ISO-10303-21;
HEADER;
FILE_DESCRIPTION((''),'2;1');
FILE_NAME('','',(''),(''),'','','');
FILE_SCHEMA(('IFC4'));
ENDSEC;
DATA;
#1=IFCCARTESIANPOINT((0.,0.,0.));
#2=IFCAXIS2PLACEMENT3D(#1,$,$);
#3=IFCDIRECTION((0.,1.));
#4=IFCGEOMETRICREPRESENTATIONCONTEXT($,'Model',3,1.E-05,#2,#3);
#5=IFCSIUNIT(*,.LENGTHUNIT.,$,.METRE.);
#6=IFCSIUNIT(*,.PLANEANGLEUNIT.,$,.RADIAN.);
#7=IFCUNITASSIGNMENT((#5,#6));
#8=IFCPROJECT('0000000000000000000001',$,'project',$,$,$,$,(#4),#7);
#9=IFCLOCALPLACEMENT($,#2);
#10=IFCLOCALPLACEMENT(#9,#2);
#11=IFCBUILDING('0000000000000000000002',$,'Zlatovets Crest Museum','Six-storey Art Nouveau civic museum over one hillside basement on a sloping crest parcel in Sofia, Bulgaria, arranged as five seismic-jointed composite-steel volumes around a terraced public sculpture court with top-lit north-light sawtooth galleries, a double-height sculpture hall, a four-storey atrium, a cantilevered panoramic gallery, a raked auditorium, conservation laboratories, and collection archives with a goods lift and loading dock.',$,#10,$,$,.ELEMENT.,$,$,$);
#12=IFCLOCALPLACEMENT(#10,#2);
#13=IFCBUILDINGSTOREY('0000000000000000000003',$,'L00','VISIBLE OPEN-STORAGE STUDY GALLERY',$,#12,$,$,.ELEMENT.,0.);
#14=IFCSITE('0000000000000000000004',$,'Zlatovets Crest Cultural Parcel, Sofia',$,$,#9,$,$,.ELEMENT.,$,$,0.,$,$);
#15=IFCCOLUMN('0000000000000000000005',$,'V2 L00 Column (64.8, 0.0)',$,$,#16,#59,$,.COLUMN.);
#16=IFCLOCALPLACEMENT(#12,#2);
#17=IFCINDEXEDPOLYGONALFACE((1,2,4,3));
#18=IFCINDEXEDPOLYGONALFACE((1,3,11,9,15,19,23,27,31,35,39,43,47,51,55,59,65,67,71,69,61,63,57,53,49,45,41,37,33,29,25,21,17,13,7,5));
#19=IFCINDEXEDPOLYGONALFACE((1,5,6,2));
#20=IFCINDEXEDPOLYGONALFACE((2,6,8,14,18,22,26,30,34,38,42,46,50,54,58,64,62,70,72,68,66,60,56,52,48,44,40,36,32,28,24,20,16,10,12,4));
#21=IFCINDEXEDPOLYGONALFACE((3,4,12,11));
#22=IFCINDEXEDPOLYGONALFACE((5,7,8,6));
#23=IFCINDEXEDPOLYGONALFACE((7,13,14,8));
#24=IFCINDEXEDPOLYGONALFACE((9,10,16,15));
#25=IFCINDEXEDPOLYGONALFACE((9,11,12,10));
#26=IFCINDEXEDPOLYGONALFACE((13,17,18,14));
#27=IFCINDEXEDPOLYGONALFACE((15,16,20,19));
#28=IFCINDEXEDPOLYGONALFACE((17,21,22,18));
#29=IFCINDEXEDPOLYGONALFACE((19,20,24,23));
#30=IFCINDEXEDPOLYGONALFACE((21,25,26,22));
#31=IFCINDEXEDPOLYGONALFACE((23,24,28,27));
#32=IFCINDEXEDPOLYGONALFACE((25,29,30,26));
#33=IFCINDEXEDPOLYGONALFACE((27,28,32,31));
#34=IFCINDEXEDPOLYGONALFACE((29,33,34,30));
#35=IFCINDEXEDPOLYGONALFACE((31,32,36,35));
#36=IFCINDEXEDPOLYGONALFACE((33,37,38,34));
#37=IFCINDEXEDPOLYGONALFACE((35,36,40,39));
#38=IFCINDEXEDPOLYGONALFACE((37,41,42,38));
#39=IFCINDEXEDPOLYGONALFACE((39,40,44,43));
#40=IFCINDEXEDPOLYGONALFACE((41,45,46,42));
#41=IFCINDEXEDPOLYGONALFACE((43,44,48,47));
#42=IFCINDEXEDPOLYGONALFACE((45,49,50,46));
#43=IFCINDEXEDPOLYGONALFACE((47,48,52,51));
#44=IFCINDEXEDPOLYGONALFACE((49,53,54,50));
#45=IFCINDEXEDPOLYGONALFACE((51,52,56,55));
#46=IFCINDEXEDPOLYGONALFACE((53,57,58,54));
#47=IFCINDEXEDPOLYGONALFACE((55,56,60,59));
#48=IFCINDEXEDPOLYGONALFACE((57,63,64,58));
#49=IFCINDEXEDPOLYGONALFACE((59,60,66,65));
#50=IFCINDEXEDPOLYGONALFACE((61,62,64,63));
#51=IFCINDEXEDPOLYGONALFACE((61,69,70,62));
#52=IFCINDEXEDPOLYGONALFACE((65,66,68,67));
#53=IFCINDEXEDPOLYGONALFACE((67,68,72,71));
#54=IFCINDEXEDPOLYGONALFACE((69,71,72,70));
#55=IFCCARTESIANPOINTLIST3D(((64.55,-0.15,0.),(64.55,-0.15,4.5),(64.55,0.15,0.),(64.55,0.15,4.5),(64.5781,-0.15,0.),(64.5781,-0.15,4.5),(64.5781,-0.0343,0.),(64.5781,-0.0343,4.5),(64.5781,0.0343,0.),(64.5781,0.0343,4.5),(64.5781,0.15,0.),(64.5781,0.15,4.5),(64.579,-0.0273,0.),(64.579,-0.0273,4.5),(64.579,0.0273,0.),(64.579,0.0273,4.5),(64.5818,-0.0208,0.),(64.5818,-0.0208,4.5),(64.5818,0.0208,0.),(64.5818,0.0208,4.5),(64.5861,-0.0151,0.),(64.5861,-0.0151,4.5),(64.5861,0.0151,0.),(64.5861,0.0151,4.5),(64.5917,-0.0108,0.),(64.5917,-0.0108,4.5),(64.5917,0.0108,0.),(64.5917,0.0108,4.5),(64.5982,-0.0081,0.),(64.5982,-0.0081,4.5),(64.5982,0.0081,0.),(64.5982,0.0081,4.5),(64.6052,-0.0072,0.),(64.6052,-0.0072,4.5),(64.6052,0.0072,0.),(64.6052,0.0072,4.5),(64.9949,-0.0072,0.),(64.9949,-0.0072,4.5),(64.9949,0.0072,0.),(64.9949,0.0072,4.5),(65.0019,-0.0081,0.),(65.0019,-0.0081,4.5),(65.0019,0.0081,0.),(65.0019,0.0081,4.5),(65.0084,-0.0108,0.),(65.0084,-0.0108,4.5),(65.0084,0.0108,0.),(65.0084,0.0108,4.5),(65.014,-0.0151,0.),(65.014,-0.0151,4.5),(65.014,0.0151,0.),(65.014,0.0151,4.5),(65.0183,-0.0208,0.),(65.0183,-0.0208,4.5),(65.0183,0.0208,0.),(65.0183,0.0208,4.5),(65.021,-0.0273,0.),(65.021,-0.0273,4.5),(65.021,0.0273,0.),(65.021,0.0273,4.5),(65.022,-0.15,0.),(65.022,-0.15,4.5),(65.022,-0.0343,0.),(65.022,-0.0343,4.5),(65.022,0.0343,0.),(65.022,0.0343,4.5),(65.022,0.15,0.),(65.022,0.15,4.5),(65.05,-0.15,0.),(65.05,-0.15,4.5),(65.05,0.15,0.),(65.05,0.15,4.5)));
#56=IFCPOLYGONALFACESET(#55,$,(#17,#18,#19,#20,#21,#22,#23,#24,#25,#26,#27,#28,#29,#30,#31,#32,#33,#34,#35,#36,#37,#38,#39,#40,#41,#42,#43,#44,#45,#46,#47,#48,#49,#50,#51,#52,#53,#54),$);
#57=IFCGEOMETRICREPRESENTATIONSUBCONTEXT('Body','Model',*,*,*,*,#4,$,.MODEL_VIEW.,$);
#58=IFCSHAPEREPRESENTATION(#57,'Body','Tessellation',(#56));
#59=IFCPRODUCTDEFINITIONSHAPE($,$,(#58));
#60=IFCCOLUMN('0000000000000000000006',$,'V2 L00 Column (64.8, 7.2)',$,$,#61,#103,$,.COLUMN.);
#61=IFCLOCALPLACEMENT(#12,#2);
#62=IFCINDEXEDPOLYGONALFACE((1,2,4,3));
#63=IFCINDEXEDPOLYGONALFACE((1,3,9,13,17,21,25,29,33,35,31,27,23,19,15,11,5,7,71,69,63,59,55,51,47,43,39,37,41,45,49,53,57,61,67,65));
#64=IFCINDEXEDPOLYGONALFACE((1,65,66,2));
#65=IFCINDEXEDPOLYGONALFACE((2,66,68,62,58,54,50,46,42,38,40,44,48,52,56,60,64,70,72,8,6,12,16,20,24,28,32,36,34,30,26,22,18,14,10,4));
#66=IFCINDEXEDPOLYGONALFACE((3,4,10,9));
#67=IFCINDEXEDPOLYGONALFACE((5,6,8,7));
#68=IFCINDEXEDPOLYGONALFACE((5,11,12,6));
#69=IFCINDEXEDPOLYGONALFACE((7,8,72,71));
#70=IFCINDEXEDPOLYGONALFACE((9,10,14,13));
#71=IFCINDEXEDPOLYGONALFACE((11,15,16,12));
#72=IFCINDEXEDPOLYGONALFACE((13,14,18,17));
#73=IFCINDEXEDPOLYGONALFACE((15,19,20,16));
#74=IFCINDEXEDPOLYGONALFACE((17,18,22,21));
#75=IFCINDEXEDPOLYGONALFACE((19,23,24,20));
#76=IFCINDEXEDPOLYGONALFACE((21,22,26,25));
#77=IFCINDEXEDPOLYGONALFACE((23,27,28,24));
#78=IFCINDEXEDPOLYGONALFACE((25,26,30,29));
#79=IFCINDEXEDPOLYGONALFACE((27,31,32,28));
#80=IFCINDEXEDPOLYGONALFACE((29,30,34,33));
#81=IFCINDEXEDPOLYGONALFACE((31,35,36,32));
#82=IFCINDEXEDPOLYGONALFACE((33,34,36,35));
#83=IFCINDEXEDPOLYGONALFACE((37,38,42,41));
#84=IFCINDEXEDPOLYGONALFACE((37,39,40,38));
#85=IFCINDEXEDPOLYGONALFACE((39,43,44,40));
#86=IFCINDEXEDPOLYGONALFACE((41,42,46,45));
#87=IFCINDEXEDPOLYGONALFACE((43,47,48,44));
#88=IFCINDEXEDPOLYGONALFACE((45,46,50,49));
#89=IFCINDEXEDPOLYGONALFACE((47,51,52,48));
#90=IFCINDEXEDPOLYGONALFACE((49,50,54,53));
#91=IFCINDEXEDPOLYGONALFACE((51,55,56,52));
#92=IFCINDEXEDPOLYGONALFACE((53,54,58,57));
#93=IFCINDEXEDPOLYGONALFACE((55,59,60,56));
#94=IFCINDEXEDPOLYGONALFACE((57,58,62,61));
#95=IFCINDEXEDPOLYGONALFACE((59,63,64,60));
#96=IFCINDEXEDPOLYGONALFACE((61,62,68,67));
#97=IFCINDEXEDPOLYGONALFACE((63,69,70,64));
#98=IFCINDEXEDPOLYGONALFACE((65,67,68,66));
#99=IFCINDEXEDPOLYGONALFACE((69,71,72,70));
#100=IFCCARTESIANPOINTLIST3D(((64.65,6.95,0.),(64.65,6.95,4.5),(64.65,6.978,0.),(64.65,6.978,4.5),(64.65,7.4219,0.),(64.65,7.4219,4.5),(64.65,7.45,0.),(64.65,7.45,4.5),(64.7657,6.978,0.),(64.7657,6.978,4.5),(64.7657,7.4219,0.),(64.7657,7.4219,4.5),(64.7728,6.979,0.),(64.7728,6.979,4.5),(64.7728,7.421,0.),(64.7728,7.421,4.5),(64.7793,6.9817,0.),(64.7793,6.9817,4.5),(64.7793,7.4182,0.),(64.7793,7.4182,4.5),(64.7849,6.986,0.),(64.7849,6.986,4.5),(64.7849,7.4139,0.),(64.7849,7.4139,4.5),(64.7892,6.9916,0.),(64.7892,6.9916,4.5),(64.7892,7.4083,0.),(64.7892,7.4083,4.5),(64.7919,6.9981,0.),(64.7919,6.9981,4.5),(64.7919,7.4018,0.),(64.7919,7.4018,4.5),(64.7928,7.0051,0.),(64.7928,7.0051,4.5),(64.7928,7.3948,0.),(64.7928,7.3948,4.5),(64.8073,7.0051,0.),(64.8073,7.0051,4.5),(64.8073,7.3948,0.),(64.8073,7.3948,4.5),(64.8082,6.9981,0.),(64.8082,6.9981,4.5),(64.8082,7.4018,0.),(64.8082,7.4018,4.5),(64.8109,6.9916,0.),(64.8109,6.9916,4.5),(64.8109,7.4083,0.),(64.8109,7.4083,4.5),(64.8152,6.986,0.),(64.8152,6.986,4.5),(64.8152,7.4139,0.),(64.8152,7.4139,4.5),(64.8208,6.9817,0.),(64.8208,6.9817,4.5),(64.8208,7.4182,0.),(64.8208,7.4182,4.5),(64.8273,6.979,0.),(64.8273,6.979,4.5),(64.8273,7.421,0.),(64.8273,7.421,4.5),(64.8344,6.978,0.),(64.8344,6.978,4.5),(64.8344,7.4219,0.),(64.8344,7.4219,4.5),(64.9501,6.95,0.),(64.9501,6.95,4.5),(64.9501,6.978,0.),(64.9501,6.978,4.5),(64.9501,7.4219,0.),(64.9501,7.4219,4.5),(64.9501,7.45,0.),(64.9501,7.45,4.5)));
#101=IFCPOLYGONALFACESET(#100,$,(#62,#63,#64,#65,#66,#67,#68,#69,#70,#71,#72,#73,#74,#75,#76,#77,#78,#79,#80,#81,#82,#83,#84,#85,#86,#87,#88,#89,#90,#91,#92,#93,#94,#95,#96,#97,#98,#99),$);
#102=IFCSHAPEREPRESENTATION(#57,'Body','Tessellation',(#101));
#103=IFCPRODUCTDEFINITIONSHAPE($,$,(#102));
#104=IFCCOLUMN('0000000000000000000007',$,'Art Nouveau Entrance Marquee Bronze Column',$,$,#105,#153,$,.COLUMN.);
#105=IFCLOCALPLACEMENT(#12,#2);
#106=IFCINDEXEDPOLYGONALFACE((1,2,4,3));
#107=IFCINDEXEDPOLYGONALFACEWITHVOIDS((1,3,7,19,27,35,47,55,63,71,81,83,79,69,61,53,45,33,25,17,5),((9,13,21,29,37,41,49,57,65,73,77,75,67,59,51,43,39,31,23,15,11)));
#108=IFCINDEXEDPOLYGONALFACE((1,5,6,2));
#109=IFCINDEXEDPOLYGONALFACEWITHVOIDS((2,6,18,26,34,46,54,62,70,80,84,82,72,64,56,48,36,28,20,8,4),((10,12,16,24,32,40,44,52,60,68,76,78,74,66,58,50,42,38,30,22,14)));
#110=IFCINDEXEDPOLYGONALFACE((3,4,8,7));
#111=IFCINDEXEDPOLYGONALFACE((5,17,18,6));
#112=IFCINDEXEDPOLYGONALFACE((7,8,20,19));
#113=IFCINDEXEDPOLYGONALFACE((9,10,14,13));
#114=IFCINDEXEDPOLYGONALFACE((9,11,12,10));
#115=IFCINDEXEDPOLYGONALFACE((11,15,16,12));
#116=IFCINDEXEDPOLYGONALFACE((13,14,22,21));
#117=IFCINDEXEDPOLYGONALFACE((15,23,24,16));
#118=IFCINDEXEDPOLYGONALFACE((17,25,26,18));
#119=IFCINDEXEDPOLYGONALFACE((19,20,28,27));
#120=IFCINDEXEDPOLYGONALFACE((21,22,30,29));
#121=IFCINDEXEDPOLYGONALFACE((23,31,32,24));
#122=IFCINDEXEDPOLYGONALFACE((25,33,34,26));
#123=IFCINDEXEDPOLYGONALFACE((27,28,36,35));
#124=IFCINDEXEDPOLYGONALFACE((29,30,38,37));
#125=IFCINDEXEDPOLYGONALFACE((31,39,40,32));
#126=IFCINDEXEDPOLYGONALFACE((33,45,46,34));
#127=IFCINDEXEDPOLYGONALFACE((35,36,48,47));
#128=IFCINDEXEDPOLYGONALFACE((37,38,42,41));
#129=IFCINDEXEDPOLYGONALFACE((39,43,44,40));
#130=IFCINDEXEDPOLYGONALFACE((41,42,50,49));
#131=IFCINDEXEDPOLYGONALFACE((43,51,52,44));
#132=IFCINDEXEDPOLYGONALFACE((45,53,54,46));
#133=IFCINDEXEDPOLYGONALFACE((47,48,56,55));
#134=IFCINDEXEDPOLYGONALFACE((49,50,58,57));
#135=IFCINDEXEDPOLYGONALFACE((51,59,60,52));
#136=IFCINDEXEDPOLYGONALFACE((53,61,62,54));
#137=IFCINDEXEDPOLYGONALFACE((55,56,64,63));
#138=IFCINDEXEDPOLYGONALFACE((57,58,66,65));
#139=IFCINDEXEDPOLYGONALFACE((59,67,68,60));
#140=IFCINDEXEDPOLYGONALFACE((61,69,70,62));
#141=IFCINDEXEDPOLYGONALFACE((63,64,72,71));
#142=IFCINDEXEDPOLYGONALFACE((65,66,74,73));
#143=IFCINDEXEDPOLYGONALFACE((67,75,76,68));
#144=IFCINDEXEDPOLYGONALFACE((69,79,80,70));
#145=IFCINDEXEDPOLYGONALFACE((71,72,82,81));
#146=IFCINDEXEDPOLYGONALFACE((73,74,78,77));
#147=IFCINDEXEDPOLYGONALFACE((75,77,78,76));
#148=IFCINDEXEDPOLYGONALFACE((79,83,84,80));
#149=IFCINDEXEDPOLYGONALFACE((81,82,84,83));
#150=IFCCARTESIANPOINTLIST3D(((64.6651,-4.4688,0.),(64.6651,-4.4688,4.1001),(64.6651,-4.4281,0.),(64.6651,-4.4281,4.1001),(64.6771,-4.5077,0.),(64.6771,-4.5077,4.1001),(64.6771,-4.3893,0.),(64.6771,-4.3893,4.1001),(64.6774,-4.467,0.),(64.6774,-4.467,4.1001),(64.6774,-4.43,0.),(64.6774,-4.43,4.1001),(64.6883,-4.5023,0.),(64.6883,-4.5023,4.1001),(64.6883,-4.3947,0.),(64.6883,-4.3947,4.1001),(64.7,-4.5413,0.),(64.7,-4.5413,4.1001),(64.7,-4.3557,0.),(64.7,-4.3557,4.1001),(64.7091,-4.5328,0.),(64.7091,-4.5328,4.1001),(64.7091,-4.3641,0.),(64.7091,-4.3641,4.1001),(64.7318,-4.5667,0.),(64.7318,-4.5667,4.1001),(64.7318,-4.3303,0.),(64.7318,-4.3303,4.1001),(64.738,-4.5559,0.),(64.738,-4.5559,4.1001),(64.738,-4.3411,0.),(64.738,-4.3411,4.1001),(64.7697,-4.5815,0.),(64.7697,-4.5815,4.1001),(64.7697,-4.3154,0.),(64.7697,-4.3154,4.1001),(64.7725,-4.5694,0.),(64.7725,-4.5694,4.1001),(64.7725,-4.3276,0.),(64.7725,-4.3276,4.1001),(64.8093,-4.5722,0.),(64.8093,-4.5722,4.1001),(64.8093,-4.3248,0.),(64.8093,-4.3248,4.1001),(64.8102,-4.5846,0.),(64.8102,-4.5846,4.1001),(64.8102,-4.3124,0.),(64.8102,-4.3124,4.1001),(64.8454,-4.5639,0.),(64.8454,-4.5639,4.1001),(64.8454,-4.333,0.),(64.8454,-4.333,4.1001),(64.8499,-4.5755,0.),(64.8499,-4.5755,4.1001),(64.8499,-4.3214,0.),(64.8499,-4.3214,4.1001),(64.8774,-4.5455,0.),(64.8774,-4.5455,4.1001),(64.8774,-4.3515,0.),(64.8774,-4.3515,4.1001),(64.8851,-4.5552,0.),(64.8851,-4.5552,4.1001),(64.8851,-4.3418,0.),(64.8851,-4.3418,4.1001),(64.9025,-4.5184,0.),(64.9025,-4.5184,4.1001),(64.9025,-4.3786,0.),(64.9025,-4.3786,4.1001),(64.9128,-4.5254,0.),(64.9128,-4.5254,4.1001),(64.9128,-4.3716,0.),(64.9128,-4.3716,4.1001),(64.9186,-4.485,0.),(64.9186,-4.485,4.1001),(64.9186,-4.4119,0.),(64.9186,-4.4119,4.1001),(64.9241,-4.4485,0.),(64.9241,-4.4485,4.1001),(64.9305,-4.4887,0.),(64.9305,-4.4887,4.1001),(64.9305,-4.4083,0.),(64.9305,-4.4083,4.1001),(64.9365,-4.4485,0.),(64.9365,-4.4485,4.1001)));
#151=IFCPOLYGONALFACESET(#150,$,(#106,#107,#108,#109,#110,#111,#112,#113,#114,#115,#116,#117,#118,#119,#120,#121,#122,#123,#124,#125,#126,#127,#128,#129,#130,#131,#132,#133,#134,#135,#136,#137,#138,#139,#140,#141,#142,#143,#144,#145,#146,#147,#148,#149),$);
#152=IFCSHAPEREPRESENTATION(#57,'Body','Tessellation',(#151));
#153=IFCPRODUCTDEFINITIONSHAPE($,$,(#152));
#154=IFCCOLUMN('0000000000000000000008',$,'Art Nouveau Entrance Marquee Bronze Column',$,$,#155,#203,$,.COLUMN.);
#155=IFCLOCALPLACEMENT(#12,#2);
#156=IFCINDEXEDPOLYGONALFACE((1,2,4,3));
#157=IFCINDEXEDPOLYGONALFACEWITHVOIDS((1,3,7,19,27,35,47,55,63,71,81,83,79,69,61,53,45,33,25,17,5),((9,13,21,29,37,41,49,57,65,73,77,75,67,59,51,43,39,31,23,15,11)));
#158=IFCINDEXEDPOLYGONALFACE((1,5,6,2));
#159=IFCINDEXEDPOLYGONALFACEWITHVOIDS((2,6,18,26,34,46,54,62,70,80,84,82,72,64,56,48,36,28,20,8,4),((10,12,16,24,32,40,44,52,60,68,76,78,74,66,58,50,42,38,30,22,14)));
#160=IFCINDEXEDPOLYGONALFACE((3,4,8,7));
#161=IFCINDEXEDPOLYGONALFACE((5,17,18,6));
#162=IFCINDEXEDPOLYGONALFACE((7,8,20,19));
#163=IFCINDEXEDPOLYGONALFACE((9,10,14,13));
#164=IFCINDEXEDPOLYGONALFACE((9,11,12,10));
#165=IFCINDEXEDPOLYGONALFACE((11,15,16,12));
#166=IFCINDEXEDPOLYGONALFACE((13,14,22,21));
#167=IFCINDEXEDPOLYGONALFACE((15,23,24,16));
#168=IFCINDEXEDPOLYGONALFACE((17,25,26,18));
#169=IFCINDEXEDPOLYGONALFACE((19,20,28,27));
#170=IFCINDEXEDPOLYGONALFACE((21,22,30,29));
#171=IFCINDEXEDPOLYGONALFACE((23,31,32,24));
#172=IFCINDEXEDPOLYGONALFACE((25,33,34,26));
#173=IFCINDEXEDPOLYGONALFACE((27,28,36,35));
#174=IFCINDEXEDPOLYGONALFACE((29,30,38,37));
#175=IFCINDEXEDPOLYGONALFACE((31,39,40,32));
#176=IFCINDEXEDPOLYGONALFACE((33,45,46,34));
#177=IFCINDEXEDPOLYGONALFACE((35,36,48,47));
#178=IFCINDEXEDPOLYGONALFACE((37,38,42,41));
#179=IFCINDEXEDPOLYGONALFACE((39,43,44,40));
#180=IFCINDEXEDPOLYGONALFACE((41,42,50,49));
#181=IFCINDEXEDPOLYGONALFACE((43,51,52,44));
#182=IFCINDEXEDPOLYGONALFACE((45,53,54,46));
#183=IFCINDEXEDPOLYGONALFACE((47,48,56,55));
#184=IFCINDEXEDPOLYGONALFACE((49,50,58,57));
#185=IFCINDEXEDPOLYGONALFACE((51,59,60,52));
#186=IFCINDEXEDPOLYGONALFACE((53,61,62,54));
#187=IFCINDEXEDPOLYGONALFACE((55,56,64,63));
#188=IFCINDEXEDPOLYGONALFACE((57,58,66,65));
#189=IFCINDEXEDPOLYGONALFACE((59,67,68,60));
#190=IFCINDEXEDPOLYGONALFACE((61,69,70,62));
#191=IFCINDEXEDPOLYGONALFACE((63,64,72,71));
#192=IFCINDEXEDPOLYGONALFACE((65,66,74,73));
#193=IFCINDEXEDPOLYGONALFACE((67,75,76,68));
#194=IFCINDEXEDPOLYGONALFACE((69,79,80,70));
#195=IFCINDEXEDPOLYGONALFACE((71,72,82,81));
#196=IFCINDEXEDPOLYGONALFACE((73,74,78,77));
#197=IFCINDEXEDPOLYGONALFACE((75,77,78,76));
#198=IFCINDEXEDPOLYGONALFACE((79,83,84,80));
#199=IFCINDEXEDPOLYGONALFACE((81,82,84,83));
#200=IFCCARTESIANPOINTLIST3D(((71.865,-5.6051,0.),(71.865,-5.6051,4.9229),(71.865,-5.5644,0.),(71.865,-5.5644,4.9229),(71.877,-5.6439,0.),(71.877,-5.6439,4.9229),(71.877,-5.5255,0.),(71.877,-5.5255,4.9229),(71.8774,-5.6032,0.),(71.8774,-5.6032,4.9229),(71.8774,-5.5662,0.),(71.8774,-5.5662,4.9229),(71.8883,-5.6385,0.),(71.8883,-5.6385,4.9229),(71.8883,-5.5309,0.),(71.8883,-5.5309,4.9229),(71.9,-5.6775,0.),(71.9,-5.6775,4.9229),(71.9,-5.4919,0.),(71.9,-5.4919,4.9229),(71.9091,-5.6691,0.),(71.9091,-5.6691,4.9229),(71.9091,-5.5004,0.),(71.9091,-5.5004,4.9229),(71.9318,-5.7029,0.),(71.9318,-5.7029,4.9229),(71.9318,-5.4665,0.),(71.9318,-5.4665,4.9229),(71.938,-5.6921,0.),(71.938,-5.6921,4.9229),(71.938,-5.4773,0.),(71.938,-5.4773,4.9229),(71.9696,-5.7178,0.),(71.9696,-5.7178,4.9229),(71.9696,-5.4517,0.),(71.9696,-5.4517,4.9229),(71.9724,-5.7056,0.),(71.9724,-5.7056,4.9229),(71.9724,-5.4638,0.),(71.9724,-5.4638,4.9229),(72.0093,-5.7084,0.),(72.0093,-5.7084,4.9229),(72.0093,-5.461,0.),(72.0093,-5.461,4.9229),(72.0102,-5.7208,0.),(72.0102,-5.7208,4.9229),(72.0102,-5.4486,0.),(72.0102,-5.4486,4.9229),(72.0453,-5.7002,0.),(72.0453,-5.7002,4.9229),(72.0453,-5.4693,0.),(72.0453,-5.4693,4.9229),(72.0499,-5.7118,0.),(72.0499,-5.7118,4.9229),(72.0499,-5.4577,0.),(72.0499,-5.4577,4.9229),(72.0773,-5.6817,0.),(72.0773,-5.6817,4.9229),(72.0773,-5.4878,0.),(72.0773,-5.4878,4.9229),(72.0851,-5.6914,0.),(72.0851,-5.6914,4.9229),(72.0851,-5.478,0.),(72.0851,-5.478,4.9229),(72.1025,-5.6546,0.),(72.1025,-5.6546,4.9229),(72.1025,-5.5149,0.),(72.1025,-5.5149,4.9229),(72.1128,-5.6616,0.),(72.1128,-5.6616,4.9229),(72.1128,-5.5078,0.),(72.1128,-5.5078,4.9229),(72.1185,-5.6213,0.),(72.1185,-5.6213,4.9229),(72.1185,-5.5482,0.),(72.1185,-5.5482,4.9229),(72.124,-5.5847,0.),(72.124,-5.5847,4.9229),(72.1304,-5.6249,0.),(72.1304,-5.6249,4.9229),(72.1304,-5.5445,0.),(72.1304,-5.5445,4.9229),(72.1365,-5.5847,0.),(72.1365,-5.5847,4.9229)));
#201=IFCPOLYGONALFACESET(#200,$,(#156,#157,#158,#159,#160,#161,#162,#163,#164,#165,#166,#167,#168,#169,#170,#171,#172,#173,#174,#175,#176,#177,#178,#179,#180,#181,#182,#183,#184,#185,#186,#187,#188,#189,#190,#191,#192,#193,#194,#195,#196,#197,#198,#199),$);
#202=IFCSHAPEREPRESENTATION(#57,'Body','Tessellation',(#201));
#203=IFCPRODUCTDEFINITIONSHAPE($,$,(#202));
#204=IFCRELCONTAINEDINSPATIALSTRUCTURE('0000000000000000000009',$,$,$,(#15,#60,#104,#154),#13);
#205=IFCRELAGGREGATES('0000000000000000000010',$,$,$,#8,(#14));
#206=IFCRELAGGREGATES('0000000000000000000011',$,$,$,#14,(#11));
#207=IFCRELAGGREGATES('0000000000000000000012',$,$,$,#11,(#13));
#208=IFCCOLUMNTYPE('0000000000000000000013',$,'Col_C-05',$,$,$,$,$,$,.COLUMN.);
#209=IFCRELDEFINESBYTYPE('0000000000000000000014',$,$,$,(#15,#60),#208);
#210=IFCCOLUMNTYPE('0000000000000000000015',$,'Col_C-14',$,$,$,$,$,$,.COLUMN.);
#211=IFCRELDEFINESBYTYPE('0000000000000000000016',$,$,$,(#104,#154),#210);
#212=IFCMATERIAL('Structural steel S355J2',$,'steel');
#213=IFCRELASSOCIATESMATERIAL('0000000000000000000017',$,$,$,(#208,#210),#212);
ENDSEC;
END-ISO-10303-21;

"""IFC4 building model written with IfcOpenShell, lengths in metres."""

from ifc_helpers import new_model, si_unit, direction, frame, origin, origin_2d, place, context, subcontext, project, spatial, hollow_circle, i_section, extrude, material, material_profile, profile_set, type_object, element, save


model = new_model("IFC4")

# Units and contexts
model_context = context("Model", 3, precision=1e-05, world=origin(), true_north=direction((0.0, 1.0)))
body_context = subcontext(model_context, "Body", "Model", "MODEL_VIEW")
ifc_project = project(units=[si_unit("LENGTHUNIT", "METRE"), si_unit("PLANEANGLEUNIT", "RADIAN")], contexts=[model_context])

# Site, building, storey
site_placement = place(None, origin())
site = spatial("IfcSite", under=ifc_project, at=site_placement, Name="Zlatovets Crest Cultural Parcel, Sofia", CompositionType="ELEMENT", RefElevation=0.0)
building_placement = place(site_placement, origin())
building = spatial("IfcBuilding", under=site, at=building_placement, Name="Zlatovets Crest Museum", Description="Six-storey Art Nouveau civic museum over one hillside basement on a sloping crest parcel in Sofia, Bulgaria, arranged as five seismic-jointed composite-steel volumes around a terraced public sculpture court with top-lit north-light sawtooth galleries, a double-height sculpture hall, a four-storey atrium, a cantilevered panoramic gallery, a raked auditorium, conservation laboratories, and collection archives with a goods lift and loading dock.", CompositionType="ELEMENT")
storey_placement = place(building_placement, origin())
storey = spatial("IfcBuildingStorey", under=building, at=storey_placement, Name="L00", Description="VISIBLE OPEN-STORAGE STUDY GALLERY", CompositionType="ELEMENT", Elevation=0.0)

# Columns
ifc_material_1 = material(Name="Structural steel S355J2", Category="steel")
ifc_material_profile_1 = material_profile(ifc_material_1, i_section(OverallWidth=0.3, OverallDepth=0.5, WebThickness=0.0144, FlangeThickness=0.0281, FilletRadius=0.0271, at=origin_2d()), Name="HEB 500")
ifc_profile_set_1 = profile_set([ifc_material_profile_1], Name="Structural steel S355J2")
column_type_1 = type_object("IfcColumnType", Name="Col_C-05", PredefinedType="COLUMN", material=ifc_profile_set_1)
for number, where, z_axis, x_axis, name in (
    (1, (64.8, 0.0, 0.0), (0.0, 0.0, 1.0), (0.0, 1.0, 0.0), "V2 L00 Column (64.8, 0.0)"),
    (2, (64.8, 7.2, 0.0), (0.0, 0.0, 1.0), (1.0, 0.0, 0.0), "V2 L00 Column (64.8, 7.2)"),
):
    element("IfcColumn", number, at=place(storey_placement, frame(where, z_axis=z_axis, x_axis=x_axis)), inside=storey, type_object=column_type_1, Name=name, PredefinedType="COLUMN", context=body_context, shape_type="SweptSolid", body=[
        extrude(i_section(OverallWidth=0.3, OverallDepth=0.5, WebThickness=0.0144, FlangeThickness=0.0281, FilletRadius=0.0271, at=origin_2d()), origin(), (0.0, 0.0, 1.0), 4.5),
    ])
ifc_material_profile_2 = material_profile(ifc_material_1, hollow_circle(Radius=0.1365, WallThickness=0.0125, at=origin_2d()), Name="CHS 273.0x12.5")
ifc_profile_set_2 = profile_set([ifc_material_profile_2], Name="Structural steel S355J2")
column_type_2 = type_object("IfcColumnType", Name="Col_C-14", PredefinedType="COLUMN", material=ifc_profile_set_2)
column_1_placement = place(storey_placement, frame((64.8, -4.4485, 0.0), z_axis=(0.0, 0.0, 1.0), x_axis=(1.0, 0.0, 0.0)))
element("IfcColumn", 3, at=column_1_placement, inside=storey, type_object=column_type_2, Name="Art Nouveau Entrance Marquee Bronze Column", PredefinedType="COLUMN", context=body_context, shape_type="SweptSolid", body=[
    extrude(hollow_circle(Radius=0.1365, WallThickness=0.0125, at=origin_2d()), origin(), (0.0, 0.0, 1.0), 4.1001),
])
column_2_placement = place(storey_placement, frame((72.0, -5.5847, 0.0), z_axis=(0.0, 0.0, 1.0), x_axis=(1.0, 0.0, 0.0)))
element("IfcColumn", 4, at=column_2_placement, inside=storey, type_object=column_type_2, Name="Art Nouveau Entrance Marquee Bronze Column", PredefinedType="COLUMN", context=body_context, shape_type="SweptSolid", body=[
    extrude(hollow_circle(Radius=0.1365, WallThickness=0.0125, at=origin_2d()), origin(), (0.0, 0.0, 1.0), 4.9229),
])

save(model, "model.ifc")
